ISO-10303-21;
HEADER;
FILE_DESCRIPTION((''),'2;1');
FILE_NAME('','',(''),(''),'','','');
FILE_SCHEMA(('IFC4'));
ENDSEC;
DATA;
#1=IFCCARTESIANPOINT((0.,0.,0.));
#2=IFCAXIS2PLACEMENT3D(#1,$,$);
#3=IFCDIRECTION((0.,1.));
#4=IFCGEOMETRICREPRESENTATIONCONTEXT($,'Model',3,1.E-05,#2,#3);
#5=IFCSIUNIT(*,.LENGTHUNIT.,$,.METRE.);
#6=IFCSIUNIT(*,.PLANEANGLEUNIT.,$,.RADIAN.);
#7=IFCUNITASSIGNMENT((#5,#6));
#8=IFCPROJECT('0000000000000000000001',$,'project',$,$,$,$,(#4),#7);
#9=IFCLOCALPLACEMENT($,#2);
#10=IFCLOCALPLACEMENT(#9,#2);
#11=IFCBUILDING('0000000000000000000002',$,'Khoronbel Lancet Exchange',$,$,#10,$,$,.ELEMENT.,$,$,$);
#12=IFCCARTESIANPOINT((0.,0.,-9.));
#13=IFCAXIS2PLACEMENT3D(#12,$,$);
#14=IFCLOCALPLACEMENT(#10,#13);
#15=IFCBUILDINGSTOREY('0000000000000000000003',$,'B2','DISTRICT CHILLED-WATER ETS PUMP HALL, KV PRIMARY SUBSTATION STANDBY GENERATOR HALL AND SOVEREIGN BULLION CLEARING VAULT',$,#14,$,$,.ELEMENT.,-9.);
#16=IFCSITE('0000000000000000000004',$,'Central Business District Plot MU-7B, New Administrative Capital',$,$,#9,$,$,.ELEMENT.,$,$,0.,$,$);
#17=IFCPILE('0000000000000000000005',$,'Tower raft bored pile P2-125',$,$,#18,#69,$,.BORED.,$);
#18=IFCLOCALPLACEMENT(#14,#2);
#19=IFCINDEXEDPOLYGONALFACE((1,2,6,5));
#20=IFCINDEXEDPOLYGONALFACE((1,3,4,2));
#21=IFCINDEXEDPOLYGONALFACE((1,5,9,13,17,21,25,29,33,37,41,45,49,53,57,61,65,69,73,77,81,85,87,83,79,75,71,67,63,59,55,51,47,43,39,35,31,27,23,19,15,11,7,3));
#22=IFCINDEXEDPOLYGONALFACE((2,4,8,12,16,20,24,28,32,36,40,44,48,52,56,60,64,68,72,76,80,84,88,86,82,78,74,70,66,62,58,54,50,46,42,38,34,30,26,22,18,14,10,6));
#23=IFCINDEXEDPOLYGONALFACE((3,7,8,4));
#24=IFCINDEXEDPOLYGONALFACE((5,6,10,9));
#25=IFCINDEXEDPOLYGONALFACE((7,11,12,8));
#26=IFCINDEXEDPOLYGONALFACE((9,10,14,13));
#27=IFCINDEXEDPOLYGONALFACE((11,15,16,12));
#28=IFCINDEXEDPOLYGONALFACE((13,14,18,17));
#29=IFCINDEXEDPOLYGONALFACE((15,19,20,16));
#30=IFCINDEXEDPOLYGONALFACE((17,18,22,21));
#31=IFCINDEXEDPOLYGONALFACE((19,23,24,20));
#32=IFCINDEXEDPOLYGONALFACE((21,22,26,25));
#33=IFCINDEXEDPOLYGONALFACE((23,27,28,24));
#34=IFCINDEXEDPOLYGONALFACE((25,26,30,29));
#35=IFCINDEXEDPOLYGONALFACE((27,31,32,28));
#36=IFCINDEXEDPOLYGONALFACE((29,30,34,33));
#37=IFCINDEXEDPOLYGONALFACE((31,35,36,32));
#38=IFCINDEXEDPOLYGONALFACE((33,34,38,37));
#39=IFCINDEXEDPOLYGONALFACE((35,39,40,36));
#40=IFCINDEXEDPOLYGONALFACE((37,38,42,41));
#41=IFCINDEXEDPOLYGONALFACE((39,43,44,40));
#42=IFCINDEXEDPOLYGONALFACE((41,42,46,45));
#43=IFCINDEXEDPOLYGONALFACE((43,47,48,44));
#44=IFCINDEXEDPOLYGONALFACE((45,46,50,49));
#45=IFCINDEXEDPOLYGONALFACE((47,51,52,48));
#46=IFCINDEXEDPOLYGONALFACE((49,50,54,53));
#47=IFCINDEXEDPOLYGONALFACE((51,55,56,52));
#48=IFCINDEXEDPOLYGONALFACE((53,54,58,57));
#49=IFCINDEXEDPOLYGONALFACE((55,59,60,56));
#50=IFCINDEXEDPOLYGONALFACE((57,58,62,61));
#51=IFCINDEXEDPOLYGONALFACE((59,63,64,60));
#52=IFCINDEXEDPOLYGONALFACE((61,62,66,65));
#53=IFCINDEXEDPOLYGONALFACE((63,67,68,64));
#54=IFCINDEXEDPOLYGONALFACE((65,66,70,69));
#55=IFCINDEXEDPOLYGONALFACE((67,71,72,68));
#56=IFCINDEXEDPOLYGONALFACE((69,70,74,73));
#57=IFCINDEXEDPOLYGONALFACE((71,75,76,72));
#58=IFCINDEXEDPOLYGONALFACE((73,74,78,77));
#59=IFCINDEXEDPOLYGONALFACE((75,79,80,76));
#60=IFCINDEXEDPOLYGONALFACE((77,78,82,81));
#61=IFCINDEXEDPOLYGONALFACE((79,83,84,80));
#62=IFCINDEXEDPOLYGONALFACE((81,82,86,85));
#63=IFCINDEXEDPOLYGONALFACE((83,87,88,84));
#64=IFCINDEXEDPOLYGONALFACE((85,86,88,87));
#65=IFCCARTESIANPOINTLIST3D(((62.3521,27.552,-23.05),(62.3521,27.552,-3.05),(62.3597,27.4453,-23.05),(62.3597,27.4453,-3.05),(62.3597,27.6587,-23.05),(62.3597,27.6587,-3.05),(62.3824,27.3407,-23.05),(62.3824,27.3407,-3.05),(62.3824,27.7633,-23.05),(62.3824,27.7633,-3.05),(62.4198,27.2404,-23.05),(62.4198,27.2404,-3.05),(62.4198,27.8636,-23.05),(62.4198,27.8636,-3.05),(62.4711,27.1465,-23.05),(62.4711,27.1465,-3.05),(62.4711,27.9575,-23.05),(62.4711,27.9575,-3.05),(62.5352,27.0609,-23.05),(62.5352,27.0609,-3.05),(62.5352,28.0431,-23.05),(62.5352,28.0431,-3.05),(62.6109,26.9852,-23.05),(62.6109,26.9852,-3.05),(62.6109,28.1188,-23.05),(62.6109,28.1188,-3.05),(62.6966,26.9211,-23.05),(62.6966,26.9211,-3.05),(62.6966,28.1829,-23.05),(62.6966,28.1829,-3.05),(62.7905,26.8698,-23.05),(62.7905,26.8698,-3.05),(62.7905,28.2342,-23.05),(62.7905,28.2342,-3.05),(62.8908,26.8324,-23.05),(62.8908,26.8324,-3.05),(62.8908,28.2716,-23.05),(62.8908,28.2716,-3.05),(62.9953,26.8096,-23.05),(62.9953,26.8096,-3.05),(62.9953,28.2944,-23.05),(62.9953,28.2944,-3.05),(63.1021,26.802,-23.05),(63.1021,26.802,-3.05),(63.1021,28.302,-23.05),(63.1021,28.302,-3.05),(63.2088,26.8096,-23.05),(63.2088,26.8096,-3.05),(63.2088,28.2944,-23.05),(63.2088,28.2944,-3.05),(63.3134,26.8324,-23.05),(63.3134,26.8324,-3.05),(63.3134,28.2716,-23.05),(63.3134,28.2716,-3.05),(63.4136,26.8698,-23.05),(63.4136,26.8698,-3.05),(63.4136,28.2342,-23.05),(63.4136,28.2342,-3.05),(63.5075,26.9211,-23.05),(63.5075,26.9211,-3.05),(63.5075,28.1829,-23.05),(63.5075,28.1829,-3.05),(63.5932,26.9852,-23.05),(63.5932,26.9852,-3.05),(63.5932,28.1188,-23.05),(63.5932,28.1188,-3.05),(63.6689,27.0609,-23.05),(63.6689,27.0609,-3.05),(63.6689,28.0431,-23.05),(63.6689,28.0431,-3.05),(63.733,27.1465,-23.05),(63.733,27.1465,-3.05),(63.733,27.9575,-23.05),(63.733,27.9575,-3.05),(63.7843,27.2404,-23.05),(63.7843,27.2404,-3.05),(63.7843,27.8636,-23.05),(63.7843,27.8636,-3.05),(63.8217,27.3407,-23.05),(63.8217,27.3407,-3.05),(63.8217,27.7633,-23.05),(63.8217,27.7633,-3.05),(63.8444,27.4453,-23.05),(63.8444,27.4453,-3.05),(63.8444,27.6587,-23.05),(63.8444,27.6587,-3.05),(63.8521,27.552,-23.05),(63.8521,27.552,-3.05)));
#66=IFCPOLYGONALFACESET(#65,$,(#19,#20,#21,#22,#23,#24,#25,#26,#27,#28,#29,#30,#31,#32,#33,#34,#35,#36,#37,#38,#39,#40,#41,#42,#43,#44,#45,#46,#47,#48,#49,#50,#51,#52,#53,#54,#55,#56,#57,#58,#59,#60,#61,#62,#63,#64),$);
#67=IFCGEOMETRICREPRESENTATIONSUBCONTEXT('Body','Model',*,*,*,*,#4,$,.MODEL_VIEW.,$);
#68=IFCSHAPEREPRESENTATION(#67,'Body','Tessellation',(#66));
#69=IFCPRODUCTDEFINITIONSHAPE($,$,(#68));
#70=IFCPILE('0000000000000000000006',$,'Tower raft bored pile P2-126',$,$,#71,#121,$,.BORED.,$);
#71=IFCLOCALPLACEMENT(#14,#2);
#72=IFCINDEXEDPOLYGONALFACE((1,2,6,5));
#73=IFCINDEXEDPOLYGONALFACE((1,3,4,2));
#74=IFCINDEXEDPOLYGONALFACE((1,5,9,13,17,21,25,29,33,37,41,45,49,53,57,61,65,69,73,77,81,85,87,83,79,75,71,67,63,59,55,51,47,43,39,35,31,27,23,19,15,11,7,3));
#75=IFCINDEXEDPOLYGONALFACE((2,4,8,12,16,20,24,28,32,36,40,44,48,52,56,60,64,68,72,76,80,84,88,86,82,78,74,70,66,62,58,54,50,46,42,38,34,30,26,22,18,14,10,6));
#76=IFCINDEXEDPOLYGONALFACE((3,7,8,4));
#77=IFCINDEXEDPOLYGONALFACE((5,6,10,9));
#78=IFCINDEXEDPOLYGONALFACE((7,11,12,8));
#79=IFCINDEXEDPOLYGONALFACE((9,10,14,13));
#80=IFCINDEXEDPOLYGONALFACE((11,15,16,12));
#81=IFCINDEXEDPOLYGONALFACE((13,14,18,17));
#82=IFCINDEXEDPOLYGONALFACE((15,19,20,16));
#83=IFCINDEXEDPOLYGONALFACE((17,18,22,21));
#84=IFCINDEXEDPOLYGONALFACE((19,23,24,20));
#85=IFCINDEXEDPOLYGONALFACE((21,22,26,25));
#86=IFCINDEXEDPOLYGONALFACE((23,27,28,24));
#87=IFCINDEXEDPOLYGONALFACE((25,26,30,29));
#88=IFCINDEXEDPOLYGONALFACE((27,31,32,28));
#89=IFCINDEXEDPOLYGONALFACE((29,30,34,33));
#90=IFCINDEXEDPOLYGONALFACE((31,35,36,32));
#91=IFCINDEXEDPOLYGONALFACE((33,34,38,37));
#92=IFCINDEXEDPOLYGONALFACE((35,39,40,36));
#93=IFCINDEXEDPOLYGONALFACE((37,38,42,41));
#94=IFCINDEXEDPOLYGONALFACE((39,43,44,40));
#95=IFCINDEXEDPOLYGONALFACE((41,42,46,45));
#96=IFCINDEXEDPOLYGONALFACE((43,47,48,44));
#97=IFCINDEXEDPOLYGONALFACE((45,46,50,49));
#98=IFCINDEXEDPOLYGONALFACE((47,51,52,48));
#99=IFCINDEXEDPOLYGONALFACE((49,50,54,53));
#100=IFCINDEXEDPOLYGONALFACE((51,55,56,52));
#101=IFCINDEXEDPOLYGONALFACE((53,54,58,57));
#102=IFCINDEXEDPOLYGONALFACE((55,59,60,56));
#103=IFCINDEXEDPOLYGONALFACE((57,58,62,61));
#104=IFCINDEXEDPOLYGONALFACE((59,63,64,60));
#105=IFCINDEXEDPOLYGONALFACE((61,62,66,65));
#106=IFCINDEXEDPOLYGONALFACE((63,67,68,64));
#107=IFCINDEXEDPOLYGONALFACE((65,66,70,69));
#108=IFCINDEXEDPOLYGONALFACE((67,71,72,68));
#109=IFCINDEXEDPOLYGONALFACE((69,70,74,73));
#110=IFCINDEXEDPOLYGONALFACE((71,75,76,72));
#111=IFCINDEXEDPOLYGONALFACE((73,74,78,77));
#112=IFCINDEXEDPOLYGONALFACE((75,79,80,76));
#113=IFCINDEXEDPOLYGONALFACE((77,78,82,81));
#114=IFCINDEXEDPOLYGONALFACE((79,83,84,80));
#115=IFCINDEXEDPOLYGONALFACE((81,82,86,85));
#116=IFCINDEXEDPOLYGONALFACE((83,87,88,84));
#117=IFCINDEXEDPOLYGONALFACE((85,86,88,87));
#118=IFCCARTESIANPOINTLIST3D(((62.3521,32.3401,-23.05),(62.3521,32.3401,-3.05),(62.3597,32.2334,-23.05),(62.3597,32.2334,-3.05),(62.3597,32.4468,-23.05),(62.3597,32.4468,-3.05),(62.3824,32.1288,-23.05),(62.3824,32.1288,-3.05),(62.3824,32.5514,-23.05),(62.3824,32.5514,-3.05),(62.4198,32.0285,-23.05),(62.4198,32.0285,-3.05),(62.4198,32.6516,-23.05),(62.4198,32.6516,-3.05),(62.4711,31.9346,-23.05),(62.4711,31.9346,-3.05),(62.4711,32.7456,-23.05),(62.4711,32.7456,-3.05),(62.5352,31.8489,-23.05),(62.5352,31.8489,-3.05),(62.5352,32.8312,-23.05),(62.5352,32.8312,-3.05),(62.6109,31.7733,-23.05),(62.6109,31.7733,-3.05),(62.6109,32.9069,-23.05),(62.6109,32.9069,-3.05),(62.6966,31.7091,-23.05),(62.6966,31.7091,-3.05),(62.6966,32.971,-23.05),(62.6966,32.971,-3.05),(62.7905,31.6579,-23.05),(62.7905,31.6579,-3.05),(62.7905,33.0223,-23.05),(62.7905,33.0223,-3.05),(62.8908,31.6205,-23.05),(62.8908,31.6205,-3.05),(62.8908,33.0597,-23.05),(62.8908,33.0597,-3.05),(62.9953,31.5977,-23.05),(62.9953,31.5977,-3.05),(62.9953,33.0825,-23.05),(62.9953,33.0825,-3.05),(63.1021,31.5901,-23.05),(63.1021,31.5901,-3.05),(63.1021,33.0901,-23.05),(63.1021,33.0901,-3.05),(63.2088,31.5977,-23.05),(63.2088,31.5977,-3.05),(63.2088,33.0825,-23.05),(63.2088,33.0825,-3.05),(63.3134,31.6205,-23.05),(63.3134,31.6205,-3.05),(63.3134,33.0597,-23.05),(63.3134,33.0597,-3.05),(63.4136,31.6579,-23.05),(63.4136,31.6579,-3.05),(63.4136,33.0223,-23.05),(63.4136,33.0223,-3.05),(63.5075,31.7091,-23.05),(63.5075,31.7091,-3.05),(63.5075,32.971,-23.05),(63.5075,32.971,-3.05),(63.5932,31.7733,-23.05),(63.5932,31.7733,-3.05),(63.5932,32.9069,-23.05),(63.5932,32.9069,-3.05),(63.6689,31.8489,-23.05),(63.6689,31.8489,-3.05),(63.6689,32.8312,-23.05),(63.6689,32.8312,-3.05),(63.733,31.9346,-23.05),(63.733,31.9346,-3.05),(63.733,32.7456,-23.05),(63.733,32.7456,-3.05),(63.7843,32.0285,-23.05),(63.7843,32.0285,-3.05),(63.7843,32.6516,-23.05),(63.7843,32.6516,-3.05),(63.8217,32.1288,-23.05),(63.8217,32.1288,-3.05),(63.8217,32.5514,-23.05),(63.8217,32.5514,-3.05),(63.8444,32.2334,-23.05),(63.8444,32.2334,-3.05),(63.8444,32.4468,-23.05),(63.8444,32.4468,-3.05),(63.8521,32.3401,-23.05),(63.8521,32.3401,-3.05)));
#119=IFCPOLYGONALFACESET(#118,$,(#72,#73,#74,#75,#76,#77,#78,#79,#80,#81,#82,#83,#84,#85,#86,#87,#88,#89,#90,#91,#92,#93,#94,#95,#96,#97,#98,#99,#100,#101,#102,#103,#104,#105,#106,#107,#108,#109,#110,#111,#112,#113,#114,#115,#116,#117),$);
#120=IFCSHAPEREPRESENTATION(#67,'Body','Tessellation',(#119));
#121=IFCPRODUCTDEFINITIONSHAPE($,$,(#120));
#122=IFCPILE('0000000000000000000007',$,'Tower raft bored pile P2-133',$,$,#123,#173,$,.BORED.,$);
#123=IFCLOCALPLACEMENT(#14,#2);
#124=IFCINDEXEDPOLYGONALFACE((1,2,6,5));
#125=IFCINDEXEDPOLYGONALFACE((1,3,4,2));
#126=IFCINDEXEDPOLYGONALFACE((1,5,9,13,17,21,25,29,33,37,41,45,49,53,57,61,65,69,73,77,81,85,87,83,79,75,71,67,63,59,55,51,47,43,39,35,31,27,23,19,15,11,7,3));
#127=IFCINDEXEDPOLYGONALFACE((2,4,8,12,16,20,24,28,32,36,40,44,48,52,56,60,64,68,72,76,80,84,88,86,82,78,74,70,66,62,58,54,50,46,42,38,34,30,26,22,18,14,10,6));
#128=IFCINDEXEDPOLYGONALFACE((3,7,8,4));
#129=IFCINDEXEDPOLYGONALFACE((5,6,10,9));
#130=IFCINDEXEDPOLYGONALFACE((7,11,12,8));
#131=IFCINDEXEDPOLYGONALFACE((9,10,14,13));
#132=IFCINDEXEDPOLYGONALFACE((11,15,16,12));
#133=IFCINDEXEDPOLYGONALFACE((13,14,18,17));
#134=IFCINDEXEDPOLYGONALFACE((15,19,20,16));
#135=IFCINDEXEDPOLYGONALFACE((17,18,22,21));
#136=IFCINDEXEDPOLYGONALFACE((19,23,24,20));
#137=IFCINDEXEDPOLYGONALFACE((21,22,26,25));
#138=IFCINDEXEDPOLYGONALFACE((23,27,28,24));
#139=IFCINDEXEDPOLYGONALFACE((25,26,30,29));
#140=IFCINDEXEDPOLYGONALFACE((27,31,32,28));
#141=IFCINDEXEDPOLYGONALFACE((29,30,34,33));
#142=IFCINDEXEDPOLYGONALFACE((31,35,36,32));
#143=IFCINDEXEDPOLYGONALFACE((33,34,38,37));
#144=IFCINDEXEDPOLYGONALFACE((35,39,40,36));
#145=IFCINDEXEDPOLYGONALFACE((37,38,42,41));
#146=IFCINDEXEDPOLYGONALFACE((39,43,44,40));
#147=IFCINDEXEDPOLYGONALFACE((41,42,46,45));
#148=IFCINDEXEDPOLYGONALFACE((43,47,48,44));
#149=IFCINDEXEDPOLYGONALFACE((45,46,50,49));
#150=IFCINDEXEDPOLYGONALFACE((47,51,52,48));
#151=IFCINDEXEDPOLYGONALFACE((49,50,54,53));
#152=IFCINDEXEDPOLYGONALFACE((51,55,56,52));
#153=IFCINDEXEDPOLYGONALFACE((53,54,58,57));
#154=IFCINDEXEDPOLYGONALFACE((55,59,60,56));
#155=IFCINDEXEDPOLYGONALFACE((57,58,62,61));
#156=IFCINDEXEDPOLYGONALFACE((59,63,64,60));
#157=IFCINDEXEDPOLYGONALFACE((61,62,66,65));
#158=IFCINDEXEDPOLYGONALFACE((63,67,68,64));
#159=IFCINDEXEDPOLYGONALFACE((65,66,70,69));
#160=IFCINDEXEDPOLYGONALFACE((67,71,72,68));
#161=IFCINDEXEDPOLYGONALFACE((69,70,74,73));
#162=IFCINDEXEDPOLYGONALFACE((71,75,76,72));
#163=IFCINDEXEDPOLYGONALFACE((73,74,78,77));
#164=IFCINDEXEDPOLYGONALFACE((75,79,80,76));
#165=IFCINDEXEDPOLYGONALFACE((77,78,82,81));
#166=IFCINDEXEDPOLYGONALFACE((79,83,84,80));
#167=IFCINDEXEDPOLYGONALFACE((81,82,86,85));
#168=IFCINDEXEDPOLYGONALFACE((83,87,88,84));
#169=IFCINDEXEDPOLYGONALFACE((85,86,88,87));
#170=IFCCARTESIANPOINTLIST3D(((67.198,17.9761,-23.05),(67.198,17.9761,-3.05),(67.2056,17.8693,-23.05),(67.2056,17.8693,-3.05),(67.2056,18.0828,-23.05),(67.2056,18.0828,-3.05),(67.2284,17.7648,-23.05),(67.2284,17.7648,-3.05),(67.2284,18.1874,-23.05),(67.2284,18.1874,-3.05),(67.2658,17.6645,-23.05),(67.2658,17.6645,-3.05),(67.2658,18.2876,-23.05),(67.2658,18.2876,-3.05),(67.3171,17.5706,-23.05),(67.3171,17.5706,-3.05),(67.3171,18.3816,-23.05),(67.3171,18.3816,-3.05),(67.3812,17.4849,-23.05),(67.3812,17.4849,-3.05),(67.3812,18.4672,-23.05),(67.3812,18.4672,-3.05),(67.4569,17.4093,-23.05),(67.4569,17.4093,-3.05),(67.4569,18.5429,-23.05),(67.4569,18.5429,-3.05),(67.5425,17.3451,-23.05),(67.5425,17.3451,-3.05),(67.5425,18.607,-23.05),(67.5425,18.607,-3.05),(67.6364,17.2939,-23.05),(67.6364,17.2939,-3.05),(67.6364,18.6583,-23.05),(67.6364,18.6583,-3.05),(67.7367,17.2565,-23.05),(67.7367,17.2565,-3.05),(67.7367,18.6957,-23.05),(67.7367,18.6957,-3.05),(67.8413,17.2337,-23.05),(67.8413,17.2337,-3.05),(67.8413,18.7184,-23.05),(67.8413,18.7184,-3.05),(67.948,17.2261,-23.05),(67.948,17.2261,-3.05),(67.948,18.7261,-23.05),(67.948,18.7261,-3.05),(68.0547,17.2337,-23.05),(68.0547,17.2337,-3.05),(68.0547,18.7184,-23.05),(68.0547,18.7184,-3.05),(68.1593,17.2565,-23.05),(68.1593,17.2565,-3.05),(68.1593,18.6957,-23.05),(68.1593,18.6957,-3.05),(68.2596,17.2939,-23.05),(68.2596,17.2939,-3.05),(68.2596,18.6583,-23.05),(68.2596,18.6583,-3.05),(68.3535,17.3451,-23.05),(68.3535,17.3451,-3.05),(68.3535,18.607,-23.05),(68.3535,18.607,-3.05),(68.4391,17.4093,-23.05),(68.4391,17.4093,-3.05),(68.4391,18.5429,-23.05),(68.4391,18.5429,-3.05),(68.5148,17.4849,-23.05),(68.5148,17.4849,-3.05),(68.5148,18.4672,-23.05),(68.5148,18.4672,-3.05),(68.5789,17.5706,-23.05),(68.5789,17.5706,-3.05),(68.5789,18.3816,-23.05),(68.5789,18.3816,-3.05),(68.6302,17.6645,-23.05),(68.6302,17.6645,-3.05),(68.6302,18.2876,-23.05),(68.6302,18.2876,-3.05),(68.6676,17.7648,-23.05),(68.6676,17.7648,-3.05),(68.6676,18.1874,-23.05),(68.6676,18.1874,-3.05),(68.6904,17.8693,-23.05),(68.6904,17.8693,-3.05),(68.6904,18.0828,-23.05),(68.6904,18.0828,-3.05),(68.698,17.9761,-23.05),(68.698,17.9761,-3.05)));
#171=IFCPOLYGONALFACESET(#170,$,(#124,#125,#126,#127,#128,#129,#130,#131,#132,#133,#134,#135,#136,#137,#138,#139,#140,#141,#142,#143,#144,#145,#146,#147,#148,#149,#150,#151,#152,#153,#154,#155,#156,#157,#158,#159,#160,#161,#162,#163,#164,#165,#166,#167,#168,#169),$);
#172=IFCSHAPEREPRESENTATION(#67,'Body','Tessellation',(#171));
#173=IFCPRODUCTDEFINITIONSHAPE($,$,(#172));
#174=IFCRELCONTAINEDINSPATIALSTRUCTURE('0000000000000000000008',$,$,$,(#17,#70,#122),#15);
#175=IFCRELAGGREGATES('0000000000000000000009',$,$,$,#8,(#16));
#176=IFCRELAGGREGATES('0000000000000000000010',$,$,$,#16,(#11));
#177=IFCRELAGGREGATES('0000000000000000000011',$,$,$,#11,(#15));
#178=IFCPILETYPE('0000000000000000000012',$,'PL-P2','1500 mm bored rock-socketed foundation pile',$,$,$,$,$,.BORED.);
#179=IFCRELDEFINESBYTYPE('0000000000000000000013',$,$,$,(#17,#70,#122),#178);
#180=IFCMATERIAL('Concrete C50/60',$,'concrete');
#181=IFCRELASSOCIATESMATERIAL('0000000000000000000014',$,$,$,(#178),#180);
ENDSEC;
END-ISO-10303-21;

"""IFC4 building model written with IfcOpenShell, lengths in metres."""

from ifc_helpers import new_model, si_unit, direction, frame, origin, origin_2d, place, context, subcontext, project, spatial, circle, extrude, material, material_profile, profile_set, type_object, element, save


model = new_model("IFC4")

# Units and contexts
model_context = context("Model", 3, precision=1e-05, world=origin(), true_north=direction((0.0, 1.0)))
body_context = subcontext(model_context, "Body", "Model", "MODEL_VIEW")
ifc_project = project(units=[si_unit("LENGTHUNIT", "METRE"), si_unit("PLANEANGLEUNIT", "RADIAN")], contexts=[model_context])

# Site, building, storey
site_placement = place(None, origin())
site = spatial("IfcSite", under=ifc_project, at=site_placement, Name="Central Business District Plot MU-7B, New Administrative Capital", CompositionType="ELEMENT", RefElevation=0.0)
building_placement = place(site_placement, origin())
building = spatial("IfcBuilding", under=site, at=building_placement, Name="Khoronbel Lancet Exchange", CompositionType="ELEMENT")
storey_placement = place(building_placement, frame((0.0, 0.0, -9.0)))
storey = spatial("IfcBuildingStorey", under=building, at=storey_placement, Name="B2", Description="DISTRICT CHILLED-WATER ETS PUMP HALL, KV PRIMARY SUBSTATION STANDBY GENERATOR HALL AND SOVEREIGN BULLION CLEARING VAULT", CompositionType="ELEMENT", Elevation=-9.0)

# Shared definitions
ifc_material_1 = material(Name="Concrete C50/60", Category="concrete")

# Piles
ifc_material_profile_1 = material_profile(ifc_material_1, circle(Radius=0.75, at=origin_2d()), Name="BORED PILE D1500")
ifc_profile_set_1 = profile_set([ifc_material_profile_1], Name="Concrete C50/60")
pile_type_1 = type_object("IfcPileType", Name="PL-P2", Description="1500 mm bored rock-socketed foundation pile", PredefinedType="BORED", material=ifc_profile_set_1)
for number, where, z_axis, x_axis, name in (
    (1, (63.1021, 27.552, -3.05), (0.0, 0.0, -1.0), (1.0, 0.0, 0.0), "Tower raft bored pile P2-125"),
    (2, (63.1021, 32.3401, -3.05), (0.0, 0.0, -1.0), (1.0, 0.0, 0.0), "Tower raft bored pile P2-126"),
    (3, (67.948, 17.9761, -3.05), (0.0, 0.0, -1.0), (1.0, 0.0, 0.0), "Tower raft bored pile P2-133"),
):
    element("IfcPile", number, at=place(storey_placement, frame(where, z_axis=z_axis, x_axis=x_axis)), inside=storey, type_object=pile_type_1, Name=name, PredefinedType="BORED", context=body_context, shape_type="SweptSolid", body=[
        extrude(circle(Radius=0.75, at=origin_2d()), origin(), (0.0, 0.0, 1.0), 20.0),
    ])

save(model, "model.ifc")
